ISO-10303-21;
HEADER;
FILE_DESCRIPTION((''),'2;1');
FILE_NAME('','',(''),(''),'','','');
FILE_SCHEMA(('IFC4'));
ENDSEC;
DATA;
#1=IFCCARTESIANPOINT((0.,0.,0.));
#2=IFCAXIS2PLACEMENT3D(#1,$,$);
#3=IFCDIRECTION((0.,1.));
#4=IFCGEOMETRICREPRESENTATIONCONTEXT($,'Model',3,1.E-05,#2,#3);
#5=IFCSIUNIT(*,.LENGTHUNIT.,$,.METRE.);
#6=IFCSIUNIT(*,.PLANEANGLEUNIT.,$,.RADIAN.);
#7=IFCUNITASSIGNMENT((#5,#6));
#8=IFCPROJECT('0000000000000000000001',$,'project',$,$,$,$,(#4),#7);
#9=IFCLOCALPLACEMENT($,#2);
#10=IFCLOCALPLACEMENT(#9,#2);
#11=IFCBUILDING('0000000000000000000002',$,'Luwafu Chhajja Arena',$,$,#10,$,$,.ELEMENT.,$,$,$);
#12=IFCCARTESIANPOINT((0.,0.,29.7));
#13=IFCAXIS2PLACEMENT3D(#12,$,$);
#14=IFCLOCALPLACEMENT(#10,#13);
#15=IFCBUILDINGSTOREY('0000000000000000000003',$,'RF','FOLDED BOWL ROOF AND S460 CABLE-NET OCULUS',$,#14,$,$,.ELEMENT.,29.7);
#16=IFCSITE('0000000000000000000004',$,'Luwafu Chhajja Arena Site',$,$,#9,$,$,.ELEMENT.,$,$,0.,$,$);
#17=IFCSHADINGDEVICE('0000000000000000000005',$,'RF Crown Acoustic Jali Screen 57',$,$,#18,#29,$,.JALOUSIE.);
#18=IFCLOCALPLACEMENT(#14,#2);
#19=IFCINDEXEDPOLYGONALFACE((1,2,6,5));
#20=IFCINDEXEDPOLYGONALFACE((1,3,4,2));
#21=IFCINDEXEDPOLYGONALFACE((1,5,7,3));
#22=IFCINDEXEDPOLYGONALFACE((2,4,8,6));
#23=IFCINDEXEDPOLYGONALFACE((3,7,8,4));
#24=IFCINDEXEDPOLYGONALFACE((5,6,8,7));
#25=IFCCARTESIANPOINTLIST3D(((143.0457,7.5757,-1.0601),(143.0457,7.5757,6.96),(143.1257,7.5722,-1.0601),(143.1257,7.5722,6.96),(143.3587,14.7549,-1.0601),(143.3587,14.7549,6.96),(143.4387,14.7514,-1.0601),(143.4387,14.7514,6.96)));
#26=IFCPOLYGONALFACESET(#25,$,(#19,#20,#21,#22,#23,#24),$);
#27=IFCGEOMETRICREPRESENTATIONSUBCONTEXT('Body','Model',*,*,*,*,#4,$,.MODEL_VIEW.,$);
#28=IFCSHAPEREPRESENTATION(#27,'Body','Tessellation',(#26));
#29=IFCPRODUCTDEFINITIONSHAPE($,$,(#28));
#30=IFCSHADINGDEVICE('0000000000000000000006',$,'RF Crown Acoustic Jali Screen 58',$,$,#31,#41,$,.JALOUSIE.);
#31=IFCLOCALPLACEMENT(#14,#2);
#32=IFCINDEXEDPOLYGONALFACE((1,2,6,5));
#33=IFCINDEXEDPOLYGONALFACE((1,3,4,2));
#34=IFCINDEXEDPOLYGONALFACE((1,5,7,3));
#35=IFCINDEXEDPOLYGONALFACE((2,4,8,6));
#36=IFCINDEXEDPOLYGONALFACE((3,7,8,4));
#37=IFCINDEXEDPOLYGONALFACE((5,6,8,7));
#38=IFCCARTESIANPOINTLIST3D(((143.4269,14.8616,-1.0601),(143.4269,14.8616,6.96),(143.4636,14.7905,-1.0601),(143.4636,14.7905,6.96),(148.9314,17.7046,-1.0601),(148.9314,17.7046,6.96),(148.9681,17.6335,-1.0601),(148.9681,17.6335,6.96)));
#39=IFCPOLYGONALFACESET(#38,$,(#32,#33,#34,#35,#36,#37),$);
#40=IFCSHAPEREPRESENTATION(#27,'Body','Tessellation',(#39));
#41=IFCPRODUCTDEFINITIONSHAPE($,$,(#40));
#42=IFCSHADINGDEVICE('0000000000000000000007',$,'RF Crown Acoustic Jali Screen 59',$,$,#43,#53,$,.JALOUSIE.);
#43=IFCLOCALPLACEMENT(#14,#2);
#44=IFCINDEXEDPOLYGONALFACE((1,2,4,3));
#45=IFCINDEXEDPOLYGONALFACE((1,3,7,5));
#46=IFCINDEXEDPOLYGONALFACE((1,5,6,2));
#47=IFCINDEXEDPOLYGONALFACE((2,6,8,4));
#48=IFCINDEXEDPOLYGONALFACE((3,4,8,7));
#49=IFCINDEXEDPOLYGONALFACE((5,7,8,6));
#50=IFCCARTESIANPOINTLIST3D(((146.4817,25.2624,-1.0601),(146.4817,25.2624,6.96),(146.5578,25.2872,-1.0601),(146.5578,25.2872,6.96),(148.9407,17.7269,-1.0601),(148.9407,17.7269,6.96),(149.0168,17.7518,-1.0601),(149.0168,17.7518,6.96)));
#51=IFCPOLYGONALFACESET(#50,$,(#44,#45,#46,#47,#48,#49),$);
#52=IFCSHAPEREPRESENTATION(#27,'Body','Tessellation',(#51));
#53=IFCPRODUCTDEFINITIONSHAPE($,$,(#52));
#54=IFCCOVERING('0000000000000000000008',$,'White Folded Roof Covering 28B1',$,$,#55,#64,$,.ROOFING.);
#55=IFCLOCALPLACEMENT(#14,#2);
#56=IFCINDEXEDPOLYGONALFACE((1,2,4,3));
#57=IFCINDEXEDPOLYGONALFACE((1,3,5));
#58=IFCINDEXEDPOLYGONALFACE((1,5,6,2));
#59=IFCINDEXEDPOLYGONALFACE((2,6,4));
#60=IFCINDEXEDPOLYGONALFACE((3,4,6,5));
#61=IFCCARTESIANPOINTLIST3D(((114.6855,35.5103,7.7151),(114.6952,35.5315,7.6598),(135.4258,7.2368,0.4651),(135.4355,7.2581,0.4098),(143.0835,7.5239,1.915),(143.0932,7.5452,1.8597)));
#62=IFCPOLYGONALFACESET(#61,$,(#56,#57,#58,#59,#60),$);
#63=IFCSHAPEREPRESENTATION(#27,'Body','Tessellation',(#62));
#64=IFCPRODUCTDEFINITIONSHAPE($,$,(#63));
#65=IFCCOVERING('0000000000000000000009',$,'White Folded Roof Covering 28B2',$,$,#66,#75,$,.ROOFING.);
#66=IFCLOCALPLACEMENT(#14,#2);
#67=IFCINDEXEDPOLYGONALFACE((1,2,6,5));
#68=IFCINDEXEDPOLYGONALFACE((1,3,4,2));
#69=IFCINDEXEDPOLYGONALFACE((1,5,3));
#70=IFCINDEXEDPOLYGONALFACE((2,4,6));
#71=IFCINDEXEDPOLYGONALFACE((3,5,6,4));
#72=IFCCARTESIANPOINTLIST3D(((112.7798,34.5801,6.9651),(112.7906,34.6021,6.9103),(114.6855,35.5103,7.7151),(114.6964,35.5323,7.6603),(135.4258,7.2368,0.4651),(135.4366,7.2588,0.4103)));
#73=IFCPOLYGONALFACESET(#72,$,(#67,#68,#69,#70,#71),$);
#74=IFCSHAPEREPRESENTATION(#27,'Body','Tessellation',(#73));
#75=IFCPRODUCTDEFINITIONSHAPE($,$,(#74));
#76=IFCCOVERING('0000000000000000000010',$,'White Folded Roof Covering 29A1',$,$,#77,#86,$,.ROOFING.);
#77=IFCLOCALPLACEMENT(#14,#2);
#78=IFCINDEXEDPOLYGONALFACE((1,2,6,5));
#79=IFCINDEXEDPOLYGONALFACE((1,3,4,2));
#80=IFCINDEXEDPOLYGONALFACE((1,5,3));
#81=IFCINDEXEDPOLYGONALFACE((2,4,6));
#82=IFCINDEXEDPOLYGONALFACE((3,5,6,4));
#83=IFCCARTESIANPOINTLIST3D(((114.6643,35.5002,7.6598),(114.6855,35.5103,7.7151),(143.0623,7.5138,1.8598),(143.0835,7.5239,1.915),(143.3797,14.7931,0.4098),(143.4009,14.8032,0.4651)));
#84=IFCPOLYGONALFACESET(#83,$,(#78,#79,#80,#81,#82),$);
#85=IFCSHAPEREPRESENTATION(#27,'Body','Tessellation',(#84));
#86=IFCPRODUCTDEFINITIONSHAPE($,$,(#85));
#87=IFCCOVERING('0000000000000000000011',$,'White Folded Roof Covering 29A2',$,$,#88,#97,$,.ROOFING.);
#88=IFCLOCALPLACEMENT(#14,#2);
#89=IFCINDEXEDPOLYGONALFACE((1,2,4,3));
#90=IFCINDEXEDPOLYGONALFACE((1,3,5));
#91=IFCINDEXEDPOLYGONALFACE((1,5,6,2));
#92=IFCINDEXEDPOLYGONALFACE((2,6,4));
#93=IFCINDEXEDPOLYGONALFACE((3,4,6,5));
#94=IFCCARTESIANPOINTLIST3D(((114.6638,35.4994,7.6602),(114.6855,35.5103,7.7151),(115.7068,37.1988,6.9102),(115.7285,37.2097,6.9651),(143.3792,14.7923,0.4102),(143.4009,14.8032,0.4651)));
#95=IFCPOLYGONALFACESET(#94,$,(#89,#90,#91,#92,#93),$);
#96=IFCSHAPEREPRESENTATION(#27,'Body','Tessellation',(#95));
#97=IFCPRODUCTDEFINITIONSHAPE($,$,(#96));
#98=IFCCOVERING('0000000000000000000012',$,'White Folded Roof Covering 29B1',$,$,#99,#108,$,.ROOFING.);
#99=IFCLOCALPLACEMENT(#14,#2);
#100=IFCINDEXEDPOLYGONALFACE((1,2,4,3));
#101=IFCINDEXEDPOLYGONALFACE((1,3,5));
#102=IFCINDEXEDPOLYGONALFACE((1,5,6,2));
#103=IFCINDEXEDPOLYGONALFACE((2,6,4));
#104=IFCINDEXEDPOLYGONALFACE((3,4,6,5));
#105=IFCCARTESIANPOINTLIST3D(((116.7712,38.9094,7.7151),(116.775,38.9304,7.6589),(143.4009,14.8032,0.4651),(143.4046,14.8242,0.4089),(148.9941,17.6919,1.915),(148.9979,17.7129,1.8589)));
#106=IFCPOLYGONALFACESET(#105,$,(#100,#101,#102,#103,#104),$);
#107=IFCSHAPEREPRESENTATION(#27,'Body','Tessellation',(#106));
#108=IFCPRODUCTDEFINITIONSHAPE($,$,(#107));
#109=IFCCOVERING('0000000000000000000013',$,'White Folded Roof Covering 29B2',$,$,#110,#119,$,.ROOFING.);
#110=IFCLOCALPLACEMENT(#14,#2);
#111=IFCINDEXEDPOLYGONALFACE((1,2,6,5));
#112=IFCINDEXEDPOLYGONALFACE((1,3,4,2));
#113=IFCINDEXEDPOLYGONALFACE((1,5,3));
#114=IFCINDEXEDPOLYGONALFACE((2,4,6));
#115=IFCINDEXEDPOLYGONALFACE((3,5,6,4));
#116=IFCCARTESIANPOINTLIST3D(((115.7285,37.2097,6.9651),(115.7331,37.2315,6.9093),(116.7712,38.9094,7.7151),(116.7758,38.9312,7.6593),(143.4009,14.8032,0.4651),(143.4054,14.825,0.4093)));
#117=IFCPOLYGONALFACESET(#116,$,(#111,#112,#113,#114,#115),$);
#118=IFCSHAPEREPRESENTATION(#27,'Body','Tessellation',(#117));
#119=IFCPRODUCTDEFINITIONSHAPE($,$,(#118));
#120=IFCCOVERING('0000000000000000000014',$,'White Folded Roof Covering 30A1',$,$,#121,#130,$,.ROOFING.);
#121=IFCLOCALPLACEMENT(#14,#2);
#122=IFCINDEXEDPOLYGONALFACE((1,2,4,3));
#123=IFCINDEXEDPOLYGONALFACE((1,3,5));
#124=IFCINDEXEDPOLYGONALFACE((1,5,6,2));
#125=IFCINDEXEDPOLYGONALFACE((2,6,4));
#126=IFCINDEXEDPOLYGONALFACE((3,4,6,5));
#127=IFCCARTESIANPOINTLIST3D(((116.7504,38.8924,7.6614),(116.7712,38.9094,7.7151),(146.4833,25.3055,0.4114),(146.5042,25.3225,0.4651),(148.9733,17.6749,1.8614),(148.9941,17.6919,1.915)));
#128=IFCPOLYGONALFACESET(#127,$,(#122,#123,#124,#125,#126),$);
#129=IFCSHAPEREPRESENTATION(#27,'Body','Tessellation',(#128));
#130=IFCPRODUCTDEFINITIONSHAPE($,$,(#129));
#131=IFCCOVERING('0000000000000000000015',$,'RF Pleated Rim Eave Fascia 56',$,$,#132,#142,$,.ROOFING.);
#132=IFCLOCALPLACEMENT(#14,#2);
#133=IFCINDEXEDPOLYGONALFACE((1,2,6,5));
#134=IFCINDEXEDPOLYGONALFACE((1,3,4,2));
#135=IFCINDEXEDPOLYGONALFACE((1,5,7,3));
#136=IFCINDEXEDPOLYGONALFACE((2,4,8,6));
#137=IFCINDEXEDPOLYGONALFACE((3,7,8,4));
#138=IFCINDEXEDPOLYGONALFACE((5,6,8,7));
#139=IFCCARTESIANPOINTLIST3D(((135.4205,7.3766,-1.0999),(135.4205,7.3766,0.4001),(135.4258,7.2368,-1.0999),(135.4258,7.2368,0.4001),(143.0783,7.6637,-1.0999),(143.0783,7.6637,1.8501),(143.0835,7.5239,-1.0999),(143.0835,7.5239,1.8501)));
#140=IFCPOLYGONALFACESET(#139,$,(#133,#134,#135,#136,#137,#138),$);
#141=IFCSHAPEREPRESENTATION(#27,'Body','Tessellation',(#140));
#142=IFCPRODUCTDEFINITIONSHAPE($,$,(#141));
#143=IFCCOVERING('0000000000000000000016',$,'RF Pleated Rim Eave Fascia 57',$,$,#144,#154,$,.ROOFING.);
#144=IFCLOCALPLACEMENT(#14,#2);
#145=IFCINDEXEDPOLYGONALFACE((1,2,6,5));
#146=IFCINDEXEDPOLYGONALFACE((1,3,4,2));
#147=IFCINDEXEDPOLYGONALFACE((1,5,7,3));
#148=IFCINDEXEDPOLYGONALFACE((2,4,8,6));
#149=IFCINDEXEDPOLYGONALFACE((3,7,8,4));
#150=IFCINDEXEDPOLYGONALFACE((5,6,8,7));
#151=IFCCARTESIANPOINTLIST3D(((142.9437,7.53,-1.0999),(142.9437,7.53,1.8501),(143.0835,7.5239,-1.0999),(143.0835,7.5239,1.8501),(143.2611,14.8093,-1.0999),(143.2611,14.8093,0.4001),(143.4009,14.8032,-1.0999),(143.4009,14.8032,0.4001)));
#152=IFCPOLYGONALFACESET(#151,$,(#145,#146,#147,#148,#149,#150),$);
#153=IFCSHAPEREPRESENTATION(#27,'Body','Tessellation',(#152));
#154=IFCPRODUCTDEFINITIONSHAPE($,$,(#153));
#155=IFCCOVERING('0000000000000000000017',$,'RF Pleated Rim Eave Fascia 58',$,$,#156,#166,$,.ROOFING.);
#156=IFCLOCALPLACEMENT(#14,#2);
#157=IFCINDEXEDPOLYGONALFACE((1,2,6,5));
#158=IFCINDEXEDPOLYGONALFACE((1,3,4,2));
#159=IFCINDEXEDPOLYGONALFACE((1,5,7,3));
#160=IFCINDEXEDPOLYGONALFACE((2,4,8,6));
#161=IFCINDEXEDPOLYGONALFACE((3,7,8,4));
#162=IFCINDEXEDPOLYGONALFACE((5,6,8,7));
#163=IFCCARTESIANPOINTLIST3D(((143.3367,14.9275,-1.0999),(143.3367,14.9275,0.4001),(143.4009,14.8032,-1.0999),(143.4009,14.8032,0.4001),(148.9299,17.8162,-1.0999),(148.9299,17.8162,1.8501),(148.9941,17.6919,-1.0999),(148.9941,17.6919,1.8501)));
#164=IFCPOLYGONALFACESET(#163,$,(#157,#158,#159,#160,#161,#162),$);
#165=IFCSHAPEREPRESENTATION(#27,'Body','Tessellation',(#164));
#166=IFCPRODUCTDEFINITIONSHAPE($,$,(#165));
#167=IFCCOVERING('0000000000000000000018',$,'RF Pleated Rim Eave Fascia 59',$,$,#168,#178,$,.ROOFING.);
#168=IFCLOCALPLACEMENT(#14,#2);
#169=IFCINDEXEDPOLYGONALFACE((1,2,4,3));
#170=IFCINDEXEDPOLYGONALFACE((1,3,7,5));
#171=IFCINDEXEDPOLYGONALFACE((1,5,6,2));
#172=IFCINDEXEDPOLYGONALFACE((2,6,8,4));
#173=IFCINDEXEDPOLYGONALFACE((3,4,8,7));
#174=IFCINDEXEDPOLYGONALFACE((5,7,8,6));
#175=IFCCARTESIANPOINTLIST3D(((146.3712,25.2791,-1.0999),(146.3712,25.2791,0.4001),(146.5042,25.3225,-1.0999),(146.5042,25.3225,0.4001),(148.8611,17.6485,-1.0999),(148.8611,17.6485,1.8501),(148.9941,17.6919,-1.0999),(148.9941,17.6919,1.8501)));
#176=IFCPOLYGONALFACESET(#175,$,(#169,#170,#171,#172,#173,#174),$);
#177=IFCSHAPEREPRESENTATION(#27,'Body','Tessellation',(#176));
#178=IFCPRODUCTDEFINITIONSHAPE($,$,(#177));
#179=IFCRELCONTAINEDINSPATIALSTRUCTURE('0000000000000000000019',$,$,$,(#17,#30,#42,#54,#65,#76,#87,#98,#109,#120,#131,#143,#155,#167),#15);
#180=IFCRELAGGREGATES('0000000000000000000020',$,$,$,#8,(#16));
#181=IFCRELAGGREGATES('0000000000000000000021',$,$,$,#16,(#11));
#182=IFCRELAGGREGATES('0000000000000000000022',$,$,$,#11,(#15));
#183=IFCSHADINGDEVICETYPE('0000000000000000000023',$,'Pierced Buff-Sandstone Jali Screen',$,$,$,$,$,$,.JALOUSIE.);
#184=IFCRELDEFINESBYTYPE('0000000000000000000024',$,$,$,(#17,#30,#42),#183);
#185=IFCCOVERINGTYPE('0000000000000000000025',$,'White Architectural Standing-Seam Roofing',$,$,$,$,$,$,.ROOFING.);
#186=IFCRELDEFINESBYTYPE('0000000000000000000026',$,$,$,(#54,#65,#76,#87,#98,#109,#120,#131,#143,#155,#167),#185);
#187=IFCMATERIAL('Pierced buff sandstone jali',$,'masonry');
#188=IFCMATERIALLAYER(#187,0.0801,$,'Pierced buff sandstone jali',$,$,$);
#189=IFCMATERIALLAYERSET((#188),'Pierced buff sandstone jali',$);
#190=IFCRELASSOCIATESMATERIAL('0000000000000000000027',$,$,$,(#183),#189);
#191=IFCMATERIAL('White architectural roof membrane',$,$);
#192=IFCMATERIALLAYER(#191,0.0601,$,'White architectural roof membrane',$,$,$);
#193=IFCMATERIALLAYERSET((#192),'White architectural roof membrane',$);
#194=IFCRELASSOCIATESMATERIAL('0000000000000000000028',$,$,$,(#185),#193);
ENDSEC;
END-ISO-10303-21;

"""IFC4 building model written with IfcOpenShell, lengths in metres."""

from ifc_helpers import new_model, si_unit, direction, frame, origin, origin_2d, place, context, subcontext, project, spatial, polyline, rectangle, outline, extrude, material, layer, layer_set, type_object, element, save


model = new_model("IFC4")

# Units and contexts
model_context = context("Model", 3, precision=1e-05, world=origin(), true_north=direction((0.0, 1.0)))
body_context = subcontext(model_context, "Body", "Model", "MODEL_VIEW")
ifc_project = project(units=[si_unit("LENGTHUNIT", "METRE"), si_unit("PLANEANGLEUNIT", "RADIAN")], contexts=[model_context])

# Site, building, storey
site_placement = place(None, origin())
site = spatial("IfcSite", under=ifc_project, at=site_placement, Name="Luwafu Chhajja Arena Site", CompositionType="ELEMENT", RefElevation=0.0)
building_placement = place(site_placement, origin())
building = spatial("IfcBuilding", under=site, at=building_placement, Name="Luwafu Chhajja Arena", CompositionType="ELEMENT")
storey_placement = place(building_placement, frame((0.0, 0.0, 29.7)))
storey = spatial("IfcBuildingStorey", under=building, at=storey_placement, Name="RF", Description="FOLDED BOWL ROOF AND S460 CABLE-NET OCULUS", CompositionType="ELEMENT", Elevation=29.7)

# Shading devices
ifc_material_1 = material(Name="Pierced buff sandstone jali", Category="masonry")
ifc_layer_1 = layer(ifc_material_1, 0.0801, Name="Pierced buff sandstone jali")
ifc_layer_set_1 = layer_set([ifc_layer_1], Name="Pierced buff sandstone jali")
shading_device_type = type_object("IfcShadingDeviceType", Name="Pierced Buff-Sandstone Jali Screen", PredefinedType="JALOUSIE", material=ifc_layer_set_1)
shading_device_1_placement = place(storey_placement, frame((143.2422, 11.1636, -1.0601), z_axis=(0.0, 0.0, 1.0), x_axis=(0.043562, 0.999051, 0.0)))
element("IfcShadingDevice", 1, at=shading_device_1_placement, inside=storey, type_object=shading_device_type, Name="RF Crown Acoustic Jali Screen 57", PredefinedType="JALOUSIE", context=body_context, shape_type="SweptSolid", body=[
    extrude(rectangle(XDim=7.186, YDim=0.0801, at=origin_2d()), origin(), (0.0, 0.0, 1.0), 8.02),
])
shading_device_2_placement = place(storey_placement, frame((146.1975, 16.2476, -1.0601), z_axis=(0.0, 0.0, 1.0), x_axis=(0.888492, 0.458892, 0.0)))
element("IfcShadingDevice", 2, at=shading_device_2_placement, inside=storey, type_object=shading_device_type, Name="RF Crown Acoustic Jali Screen 58", PredefinedType="JALOUSIE", context=body_context, shape_type="SweptSolid", body=[
    extrude(rectangle(XDim=6.1953, YDim=0.0801, at=origin_2d()), origin(), (0.0, 0.0, 1.0), 8.02),
])
shading_device_3_placement = place(storey_placement, frame((147.7493, 21.5071, -1.0601), z_axis=(0.0, 0.0, 1.0), x_axis=(-0.310226, 0.950663, 0.0)))
element("IfcShadingDevice", 3, at=shading_device_3_placement, inside=storey, type_object=shading_device_type, Name="RF Crown Acoustic Jali Screen 59", PredefinedType="JALOUSIE", context=body_context, shape_type="SweptSolid", body=[
    extrude(rectangle(XDim=7.9265, YDim=0.0801, at=origin_2d()), origin(), (0.0, 0.0, 1.0), 8.02),
])

# Coverings
ifc_material_2 = material(Name="White architectural roof membrane")
ifc_layer_2 = layer(ifc_material_2, 0.0601, Name="White architectural roof membrane")
ifc_layer_set_2 = layer_set([ifc_layer_2], Name="White architectural roof membrane")
covering_type = type_object("IfcCoveringType", Name="White Architectural Standing-Seam Roofing", PredefinedType="ROOFING", material=ifc_layer_set_2)
covering_1_placement = place(storey_placement, frame((135.4258, 7.2368, 0.4651), z_axis=(-0.161121, -0.354388, 0.921113), x_axis=(0.981876, 0.036813, 0.185914)))
element("IfcCovering", 4, at=covering_1_placement, inside=storey, type_object=covering_type, Name="White Folded Roof Covering 28B1", PredefinedType="ROOFING", context=body_context, shape_type="SweptSolid", body=[
    extrude(outline(polyline([(0.0, 0.0), (7.7991, 0.0), (-17.9756, 30.9675), (0.0, 0.0)])), origin(), (0.0, 0.0, -1.0), 0.0601),
])
covering_2_placement = place(storey_placement, frame((135.4258, 7.2368, 0.4651), z_axis=(-0.180395, -0.366396, 0.912804), x_axis=(-0.579231, 0.789617, 0.202477)))
element("IfcCovering", 5, at=covering_2_placement, inside=storey, type_object=covering_type, Name="White Folded Roof Covering 28B2", PredefinedType="ROOFING", context=body_context, shape_type="SweptSolid", body=[
    extrude(outline(polyline([(0.0, 0.0), (35.8065, 0.0), (36.0241, 2.2388), (0.0, 0.0)])), origin(), (0.0, 0.0, -1.0), 0.0601),
])
covering_3_placement = place(storey_placement, frame((143.0835, 7.5239, 1.915), z_axis=(0.353423, 0.167898, 0.920273), x_axis=(0.042722, 0.979838, -0.195172)))
element("IfcCovering", 6, at=covering_3_placement, inside=storey, type_object=covering_type, Name="White Folded Roof Covering 29A1", PredefinedType="ROOFING", context=body_context, shape_type="SweptSolid", body=[
    extrude(outline(polyline([(0.0, 0.0), (7.4291, 0.0), (25.0769, 31.5352), (0.0, 0.0)])), origin(), (0.0, 0.0, -1.0), 0.0601),
])
covering_4_placement = place(storey_placement, frame((143.4009, 14.8032, 0.4651), z_axis=(0.361773, 0.181527, 0.914422), x_axis=(-0.764541, 0.619054, 0.179584)))
element("IfcCovering", 7, at=covering_4_placement, inside=storey, type_object=covering_type, Name="White Folded Roof Covering 29A2", PredefinedType="ROOFING", context=body_context, shape_type="SweptSolid", body=[
    extrude(outline(polyline([(0.0, 0.0), (36.1948, 0.0), (36.0748, 2.127), (0.0, 0.0)])), origin(), (0.0, 0.0, -1.0), 0.0601),
])
covering_5_placement = place(storey_placement, frame((143.4009, 14.8032, 0.4651), z_axis=(-0.061853, -0.349499, 0.934893), x_axis=(0.865832, 0.447164, 0.224451)))
element("IfcCovering", 8, at=covering_5_placement, inside=storey, type_object=covering_type, Name="White Folded Roof Covering 29B1", PredefinedType="ROOFING", context=body_context, shape_type="SweptSolid", body=[
    extrude(outline(polyline([(0.0, 0.0), (6.46, 0.0), (-10.6501, 35.0626), (0.0, 0.0)])), origin(), (0.0, 0.0, -1.0), 0.0601),
])
covering_6_placement = place(storey_placement, frame((143.4009, 14.8032, 0.4651), z_axis=(-0.075937, -0.363172, 0.928623), x_axis=(-0.726705, 0.657842, 0.197848)))
element("IfcCovering", 9, at=covering_6_placement, inside=storey, type_object=covering_type, Name="White Folded Roof Covering 29B2", PredefinedType="ROOFING", context=body_context, shape_type="SweptSolid", body=[
    extrude(outline(polyline([(0.0, 0.0), (36.6444, 0.0), (36.1356, 2.0688), (0.0, 0.0)])), origin(), (0.0, 0.0, -1.0), 0.0601),
])
covering_7_placement = place(storey_placement, frame((148.9941, 17.6919, 1.915), z_axis=(0.347395, 0.283222, 0.893925), x_axis=(-0.305276, 0.935524, -0.177766)))
element("IfcCovering", 10, at=covering_7_placement, inside=storey, type_object=covering_type, Name="White Folded Roof Covering 30A1", PredefinedType="ROOFING", context=body_context, shape_type="SweptSolid", body=[
    extrude(outline(polyline([(0.0, 0.0), (8.1565, 0.0), (28.6553, 26.4766), (0.0, 0.0)])), origin(), (0.0, 0.0, -1.0), 0.0601),
])
covering_8_placement = place(storey_placement, frame((135.4258, 7.2368, -1.0999), z_axis=(0.037467, -0.999298, 0.0), x_axis=(0.999298, 0.037467, 0.0)))
element("IfcCovering", 11, at=covering_8_placement, inside=storey, type_object=covering_type, Name="RF Pleated Rim Eave Fascia 56", PredefinedType="ROOFING", context=body_context, shape_type="SweptSolid", body=[
    extrude(outline(polyline([(0.0, 0.0), (7.6631, 0.0), (7.6631, 2.95), (0.0, 1.5), (0.0, 0.0)])), origin(), (0.0, 0.0, -1.0), 0.1399),
])
covering_9_placement = place(storey_placement, frame((143.0835, 7.5239, -1.0999), z_axis=(0.999051, -0.043559, 0.0), x_axis=(0.043559, 0.999051, 0.0)))
element("IfcCovering", 12, at=covering_9_placement, inside=storey, type_object=covering_type, Name="RF Pleated Rim Eave Fascia 57", PredefinedType="ROOFING", context=body_context, shape_type="SweptSolid", body=[
    extrude(outline(polyline([(0.0, 0.0), (7.2862, 0.0), (7.2862, 1.5), (0.0, 2.95), (0.0, 0.0)])), origin(), (0.0, 0.0, -1.0), 0.1399),
])
covering_10_placement = place(storey_placement, frame((143.4009, 14.8032, -1.0999), z_axis=(0.458872, -0.888502, 0.0), x_axis=(0.888502, 0.458872, 0.0)))
element("IfcCovering", 13, at=covering_10_placement, inside=storey, type_object=covering_type, Name="RF Pleated Rim Eave Fascia 58", PredefinedType="ROOFING", context=body_context, shape_type="SweptSolid", body=[
    extrude(outline(polyline([(0.0, 0.0), (6.2952, 0.0), (6.2952, 2.95), (0.0, 1.5), (0.0, 0.0)])), origin(), (0.0, 0.0, -1.0), 0.1399),
])
covering_11_placement = place(storey_placement, frame((148.9941, 17.6919, -1.0999), z_axis=(0.950666, 0.310217, 0.0), x_axis=(-0.310217, 0.950666, 0.0)))
element("IfcCovering", 14, at=covering_11_placement, inside=storey, type_object=covering_type, Name="RF Pleated Rim Eave Fascia 59", PredefinedType="ROOFING", context=body_context, shape_type="SweptSolid", body=[
    extrude(outline(polyline([(0.0, 0.0), (8.0266, 0.0), (8.0266, 1.5), (0.0, 2.95), (0.0, 0.0)])), origin(), (0.0, 0.0, -1.0), 0.1399),
])

save(model, "model.ifc")
